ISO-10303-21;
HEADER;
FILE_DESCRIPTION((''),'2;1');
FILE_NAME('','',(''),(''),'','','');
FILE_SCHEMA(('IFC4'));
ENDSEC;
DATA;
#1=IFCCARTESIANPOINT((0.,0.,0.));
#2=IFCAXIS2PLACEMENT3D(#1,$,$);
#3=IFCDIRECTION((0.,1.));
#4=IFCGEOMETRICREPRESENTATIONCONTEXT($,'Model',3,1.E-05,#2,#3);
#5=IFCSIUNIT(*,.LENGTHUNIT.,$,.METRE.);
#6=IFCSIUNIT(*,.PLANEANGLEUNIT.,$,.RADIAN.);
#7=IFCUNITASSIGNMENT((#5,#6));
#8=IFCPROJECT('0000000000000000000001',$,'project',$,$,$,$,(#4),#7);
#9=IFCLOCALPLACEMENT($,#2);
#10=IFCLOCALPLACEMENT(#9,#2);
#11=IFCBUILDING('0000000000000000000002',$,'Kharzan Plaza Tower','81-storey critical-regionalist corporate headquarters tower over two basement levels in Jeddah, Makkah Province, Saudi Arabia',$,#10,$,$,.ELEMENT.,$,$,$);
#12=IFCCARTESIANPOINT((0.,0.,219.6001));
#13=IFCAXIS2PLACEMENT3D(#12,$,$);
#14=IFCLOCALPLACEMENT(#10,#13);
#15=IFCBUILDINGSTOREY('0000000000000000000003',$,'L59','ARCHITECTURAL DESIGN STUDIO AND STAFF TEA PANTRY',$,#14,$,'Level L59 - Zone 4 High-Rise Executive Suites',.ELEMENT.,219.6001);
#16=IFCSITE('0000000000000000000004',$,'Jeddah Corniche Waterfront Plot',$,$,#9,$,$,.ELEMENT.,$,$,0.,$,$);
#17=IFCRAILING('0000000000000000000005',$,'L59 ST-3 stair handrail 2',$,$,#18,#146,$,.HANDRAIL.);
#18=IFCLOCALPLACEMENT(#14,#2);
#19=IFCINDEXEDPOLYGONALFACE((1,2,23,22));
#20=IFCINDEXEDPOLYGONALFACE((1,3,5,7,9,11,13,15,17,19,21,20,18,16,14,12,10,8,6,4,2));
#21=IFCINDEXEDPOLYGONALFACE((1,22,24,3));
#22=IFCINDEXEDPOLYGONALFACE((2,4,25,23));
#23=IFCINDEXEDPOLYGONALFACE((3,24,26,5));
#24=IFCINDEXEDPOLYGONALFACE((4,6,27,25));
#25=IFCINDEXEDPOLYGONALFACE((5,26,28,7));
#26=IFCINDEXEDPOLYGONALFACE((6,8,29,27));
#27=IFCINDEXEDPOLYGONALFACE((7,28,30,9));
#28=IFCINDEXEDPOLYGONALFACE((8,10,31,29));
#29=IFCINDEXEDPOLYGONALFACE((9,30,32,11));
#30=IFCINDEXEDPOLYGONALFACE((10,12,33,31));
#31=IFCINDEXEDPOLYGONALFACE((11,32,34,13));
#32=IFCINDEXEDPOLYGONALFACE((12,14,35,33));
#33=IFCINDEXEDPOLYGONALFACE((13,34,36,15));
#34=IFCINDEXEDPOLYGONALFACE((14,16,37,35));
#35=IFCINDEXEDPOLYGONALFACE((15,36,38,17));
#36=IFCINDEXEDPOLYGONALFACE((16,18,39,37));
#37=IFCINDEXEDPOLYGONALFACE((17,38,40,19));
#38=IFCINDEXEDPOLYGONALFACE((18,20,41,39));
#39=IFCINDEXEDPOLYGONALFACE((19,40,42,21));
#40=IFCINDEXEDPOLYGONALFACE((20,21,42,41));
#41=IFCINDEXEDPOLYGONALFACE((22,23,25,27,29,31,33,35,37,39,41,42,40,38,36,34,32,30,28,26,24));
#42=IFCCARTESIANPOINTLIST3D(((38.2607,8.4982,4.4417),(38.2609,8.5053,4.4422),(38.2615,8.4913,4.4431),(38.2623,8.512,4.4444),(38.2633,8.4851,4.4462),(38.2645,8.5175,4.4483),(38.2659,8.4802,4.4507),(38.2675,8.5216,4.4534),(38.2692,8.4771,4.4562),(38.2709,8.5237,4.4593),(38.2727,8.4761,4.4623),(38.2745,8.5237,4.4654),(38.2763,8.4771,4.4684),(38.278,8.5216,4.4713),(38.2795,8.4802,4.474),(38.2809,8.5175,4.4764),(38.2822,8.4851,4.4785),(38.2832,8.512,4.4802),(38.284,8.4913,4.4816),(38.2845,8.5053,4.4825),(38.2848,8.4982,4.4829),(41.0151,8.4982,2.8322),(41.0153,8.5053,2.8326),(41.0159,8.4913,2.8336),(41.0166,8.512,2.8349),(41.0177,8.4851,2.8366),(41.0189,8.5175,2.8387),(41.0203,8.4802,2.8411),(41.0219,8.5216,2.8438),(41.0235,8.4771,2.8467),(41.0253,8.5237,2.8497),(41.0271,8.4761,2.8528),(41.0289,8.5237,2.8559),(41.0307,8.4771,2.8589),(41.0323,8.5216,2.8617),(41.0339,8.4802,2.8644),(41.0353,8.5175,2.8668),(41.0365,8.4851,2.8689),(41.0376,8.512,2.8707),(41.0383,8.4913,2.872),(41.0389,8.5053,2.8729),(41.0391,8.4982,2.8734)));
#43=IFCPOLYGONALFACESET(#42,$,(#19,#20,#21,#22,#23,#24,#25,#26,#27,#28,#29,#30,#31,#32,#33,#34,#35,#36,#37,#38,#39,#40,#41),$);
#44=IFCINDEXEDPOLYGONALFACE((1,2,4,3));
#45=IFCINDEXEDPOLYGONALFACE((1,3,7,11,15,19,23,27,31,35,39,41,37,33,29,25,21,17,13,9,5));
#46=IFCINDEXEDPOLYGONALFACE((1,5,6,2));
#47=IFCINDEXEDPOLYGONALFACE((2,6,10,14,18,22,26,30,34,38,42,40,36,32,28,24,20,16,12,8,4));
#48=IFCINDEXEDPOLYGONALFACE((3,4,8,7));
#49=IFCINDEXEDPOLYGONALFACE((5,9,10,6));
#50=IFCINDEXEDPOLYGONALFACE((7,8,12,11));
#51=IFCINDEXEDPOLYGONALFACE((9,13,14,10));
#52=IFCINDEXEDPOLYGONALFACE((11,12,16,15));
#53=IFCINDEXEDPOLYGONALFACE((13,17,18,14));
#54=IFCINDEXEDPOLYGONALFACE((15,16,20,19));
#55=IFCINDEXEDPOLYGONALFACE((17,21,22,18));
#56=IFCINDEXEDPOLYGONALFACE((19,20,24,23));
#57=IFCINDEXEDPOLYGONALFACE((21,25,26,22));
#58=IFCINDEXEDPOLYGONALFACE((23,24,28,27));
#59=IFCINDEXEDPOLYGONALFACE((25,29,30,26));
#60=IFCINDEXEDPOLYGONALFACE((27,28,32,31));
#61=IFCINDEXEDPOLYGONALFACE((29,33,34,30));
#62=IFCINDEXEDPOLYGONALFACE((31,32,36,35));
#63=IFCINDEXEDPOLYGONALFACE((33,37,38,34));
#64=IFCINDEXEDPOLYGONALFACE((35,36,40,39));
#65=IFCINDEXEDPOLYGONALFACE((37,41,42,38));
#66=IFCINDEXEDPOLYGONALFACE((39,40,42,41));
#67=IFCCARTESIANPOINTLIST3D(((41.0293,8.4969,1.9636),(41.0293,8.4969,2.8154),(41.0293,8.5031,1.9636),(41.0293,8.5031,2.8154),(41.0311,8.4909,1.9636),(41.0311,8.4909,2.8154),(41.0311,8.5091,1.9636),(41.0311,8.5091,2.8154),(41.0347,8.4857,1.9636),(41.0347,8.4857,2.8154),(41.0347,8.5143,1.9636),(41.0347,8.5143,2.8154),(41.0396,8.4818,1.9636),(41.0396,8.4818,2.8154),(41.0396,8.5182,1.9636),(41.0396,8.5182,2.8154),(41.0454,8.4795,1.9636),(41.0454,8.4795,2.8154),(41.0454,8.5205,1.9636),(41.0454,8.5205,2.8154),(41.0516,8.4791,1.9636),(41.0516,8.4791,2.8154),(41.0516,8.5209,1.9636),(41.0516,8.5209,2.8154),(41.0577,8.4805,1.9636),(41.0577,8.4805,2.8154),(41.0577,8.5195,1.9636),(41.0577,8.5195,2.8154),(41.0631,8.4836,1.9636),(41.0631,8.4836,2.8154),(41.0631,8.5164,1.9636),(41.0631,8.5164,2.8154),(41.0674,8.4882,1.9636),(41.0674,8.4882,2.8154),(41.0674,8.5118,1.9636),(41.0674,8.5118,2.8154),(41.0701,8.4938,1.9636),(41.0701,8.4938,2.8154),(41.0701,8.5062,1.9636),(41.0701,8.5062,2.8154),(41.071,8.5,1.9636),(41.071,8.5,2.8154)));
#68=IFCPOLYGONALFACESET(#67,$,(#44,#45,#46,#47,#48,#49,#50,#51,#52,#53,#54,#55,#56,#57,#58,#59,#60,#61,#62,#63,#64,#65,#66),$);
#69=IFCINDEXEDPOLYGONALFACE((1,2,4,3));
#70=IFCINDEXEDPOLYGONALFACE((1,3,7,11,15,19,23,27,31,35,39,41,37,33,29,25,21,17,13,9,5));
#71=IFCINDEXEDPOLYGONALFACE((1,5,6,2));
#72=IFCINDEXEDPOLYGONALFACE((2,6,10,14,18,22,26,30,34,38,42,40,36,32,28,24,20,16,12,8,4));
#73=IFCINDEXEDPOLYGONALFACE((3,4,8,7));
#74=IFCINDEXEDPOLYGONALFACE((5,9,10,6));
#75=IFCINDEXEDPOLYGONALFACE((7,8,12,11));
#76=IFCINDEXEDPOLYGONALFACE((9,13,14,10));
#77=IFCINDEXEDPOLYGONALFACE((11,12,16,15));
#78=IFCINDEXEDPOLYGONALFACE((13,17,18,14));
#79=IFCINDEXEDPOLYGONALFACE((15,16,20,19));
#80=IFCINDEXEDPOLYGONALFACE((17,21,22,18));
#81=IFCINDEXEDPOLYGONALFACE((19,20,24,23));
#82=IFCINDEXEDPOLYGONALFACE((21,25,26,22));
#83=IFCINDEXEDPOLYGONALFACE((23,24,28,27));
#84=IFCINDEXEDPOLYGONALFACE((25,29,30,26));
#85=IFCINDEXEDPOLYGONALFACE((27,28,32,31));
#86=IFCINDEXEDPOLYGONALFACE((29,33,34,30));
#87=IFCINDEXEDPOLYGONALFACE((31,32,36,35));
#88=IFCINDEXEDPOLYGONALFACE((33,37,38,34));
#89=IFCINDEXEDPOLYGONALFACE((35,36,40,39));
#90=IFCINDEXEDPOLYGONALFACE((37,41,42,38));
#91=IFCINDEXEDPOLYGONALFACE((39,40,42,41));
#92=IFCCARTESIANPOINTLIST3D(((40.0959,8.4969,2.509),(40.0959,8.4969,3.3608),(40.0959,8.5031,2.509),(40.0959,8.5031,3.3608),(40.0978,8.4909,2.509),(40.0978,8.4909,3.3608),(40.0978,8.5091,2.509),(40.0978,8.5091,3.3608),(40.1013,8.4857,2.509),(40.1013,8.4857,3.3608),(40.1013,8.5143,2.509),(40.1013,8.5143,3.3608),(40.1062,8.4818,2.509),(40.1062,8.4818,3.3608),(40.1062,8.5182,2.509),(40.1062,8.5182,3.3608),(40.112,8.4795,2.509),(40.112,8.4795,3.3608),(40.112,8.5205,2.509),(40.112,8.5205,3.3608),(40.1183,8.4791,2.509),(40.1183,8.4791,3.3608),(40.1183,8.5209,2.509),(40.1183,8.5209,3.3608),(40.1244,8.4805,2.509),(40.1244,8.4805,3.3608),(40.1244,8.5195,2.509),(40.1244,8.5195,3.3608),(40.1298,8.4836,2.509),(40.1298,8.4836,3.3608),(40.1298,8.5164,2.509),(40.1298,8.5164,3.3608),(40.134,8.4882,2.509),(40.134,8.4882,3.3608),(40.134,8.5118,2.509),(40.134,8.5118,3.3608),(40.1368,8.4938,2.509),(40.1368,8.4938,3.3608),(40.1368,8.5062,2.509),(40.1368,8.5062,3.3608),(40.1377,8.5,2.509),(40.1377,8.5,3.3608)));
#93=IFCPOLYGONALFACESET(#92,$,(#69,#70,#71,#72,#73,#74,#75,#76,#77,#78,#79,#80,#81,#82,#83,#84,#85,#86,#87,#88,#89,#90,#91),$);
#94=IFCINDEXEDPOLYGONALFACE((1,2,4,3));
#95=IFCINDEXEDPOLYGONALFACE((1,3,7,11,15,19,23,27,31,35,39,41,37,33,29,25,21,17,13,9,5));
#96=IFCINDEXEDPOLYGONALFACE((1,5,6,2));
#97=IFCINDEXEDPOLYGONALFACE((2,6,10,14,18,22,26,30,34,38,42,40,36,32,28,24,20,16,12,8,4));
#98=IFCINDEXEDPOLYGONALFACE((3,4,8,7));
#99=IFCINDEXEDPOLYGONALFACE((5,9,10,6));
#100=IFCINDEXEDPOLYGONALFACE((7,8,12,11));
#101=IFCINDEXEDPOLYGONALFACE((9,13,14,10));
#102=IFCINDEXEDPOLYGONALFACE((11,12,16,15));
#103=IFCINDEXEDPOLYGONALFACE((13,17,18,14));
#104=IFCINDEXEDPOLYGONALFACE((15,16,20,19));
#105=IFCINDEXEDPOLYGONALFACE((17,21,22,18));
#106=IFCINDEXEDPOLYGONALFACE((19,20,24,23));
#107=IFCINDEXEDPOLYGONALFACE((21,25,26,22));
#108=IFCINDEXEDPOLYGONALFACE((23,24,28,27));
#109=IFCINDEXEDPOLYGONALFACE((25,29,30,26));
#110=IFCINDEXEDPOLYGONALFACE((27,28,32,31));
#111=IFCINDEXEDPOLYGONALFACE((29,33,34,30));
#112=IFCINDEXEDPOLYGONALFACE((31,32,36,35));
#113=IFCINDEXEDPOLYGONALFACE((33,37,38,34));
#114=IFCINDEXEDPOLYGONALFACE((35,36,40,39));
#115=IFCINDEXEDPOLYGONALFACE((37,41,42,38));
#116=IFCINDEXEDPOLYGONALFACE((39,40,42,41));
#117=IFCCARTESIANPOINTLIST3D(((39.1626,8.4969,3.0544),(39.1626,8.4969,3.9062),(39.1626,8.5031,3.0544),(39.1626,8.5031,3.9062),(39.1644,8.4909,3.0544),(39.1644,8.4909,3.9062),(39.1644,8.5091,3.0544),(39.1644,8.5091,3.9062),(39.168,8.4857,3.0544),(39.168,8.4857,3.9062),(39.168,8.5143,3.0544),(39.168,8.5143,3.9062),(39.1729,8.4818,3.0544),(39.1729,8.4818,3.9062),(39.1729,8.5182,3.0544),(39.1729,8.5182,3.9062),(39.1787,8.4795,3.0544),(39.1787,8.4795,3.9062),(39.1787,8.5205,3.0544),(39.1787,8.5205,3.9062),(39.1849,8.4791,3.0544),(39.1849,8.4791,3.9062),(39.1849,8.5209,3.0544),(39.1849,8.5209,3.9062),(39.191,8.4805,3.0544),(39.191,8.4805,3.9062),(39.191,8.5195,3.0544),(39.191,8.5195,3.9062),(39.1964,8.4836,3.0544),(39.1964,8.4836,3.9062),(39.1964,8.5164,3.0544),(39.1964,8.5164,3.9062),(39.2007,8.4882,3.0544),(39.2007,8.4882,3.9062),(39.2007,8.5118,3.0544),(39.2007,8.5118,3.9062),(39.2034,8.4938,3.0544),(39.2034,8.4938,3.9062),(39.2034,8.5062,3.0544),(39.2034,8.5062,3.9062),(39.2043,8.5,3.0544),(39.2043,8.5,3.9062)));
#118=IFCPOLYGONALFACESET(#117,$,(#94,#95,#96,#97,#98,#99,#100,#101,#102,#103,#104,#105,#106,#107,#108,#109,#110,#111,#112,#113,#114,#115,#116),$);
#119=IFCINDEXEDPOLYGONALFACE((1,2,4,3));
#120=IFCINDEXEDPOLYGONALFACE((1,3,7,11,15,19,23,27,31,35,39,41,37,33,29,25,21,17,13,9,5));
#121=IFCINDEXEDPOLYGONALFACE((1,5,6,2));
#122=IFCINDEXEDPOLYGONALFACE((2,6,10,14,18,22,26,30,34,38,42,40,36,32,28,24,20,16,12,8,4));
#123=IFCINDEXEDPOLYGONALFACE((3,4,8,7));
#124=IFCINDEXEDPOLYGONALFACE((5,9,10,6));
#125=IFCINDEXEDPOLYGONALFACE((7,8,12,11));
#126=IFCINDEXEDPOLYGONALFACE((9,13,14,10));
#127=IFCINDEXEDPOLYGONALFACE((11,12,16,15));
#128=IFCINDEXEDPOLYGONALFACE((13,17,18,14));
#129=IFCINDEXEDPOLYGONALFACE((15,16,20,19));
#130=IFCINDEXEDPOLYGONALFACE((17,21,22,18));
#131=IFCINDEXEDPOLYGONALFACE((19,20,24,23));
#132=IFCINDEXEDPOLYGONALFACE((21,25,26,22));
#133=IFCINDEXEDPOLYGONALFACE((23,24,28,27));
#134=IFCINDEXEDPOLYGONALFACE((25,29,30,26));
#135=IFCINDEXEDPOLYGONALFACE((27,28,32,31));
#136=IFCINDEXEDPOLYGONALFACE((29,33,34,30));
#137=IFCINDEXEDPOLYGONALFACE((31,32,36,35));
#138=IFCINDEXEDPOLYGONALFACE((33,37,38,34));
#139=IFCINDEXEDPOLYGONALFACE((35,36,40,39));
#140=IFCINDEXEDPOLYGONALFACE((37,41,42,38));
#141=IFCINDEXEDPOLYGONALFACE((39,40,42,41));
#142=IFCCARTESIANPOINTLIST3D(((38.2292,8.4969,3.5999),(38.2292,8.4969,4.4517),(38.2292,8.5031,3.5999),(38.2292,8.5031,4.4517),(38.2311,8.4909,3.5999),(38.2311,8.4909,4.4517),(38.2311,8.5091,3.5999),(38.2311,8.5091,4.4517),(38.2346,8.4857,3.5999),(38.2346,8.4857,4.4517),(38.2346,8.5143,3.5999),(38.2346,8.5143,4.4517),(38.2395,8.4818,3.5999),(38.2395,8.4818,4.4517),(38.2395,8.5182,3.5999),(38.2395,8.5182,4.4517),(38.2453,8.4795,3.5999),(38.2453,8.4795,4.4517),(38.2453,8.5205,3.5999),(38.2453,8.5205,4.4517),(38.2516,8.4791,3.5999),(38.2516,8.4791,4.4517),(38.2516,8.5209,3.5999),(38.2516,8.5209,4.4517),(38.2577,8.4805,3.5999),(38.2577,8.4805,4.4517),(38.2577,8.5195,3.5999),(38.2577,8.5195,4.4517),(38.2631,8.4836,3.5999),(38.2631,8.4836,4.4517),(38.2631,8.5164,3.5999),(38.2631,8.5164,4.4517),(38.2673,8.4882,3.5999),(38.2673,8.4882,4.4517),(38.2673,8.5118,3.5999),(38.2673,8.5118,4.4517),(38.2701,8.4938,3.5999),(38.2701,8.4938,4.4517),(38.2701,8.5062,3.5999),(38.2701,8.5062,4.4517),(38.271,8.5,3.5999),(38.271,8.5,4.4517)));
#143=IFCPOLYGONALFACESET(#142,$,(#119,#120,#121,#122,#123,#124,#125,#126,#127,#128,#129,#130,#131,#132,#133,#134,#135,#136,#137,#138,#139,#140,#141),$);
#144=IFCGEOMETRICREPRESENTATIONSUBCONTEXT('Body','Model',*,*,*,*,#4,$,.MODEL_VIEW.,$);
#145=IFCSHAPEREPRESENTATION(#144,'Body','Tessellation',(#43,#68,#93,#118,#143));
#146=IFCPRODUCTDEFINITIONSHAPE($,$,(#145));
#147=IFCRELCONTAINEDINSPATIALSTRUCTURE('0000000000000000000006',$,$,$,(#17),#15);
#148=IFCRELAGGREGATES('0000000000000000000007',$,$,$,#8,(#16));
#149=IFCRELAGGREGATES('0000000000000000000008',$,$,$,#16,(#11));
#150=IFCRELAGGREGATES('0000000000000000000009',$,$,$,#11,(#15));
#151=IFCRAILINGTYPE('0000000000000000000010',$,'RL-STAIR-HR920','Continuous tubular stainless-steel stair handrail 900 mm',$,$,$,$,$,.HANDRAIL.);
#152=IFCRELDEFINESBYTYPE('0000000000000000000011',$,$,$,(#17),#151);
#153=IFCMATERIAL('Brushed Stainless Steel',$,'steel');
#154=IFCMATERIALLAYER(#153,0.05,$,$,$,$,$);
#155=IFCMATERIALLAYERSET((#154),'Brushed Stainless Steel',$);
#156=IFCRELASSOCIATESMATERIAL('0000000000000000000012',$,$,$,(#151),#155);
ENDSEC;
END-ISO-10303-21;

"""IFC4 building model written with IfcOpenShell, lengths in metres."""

from ifc_helpers import new_model, si_unit, direction, frame, origin, origin_2d, place, context, subcontext, project, spatial, circle, extrude, source, transform, mapped, material, layer, layer_set, type_object, element, save


model = new_model("IFC4")

# Units and contexts
model_context = context("Model", 3, precision=1e-05, world=origin(), true_north=direction((0.0, 1.0)))
body_context = subcontext(model_context, "Body", "Model", "MODEL_VIEW")
ifc_project = project(units=[si_unit("LENGTHUNIT", "METRE"), si_unit("PLANEANGLEUNIT", "RADIAN")], contexts=[model_context])

# Site, building, storey
site_placement = place(None, origin())
site = spatial("IfcSite", under=ifc_project, at=site_placement, Name="Jeddah Corniche Waterfront Plot", CompositionType="ELEMENT", RefElevation=0.0)
building_placement = place(site_placement, origin())
building = spatial("IfcBuilding", under=site, at=building_placement, Name="Kharzan Plaza Tower", Description="81-storey critical-regionalist corporate headquarters tower over two basement levels in Jeddah, Makkah Province, Saudi Arabia", CompositionType="ELEMENT")
storey_placement = place(building_placement, frame((0.0, 0.0, 219.6001)))
storey = spatial("IfcBuildingStorey", under=building, at=storey_placement, Name="L59", Description="ARCHITECTURAL DESIGN STUDIO AND STAFF TEA PANTRY", LongName="Level L59 - Zone 4 High-Rise Executive Suites", CompositionType="ELEMENT", Elevation=219.6001)

# Shared definitions
ifc_material_1 = material(Name="Brushed Stainless Steel", Category="steel")

# Railing
ifc_layer_1 = layer(ifc_material_1, 0.05)
ifc_layer_set_1 = layer_set([ifc_layer_1], Name="Brushed Stainless Steel")
railing_type_1 = type_object("IfcRailingType", Name="RL-STAIR-HR920", Description="Continuous tubular stainless-steel stair handrail 900 mm", PredefinedType="HANDRAIL", material=ifc_layer_set_1)
shared_shape_1 = source(origin(), body_context, "Body", "SweptSolid", [
    extrude(circle(Radius=0.0239, at=origin_2d()), frame((-0.0229, 0.0, 0.8892), z_axis=(-0.863394, 0.0, 0.504531), x_axis=(0.0, -1.0, 0.0)), (0.0, 0.0, 1.0), 3.1902),
    extrude(circle(Radius=0.021, at=origin_2d()), origin(), (0.0, 0.0, 1.0), 0.8518),
    extrude(circle(Radius=0.021, at=origin_2d()), frame((-0.9333, 0.0, 0.5454)), (0.0, 0.0, 1.0), 0.8518),
    extrude(circle(Radius=0.021, at=origin_2d()), frame((-1.8667, 0.0, 1.0908)), (0.0, 0.0, 1.0), 0.8518),
    extrude(circle(Radius=0.021, at=origin_2d()), frame((-2.8, 0.0, 1.6362)), (0.0, 0.0, 1.0), 0.8518),
])
railing_1_placement = place(storey_placement, frame((41.05, 8.5, 1.9636)))
element("IfcRailing", 1, at=railing_1_placement, inside=storey, type_object=railing_type_1, Name="L59 ST-3 stair handrail 2", PredefinedType="HANDRAIL", context=body_context, shape_type="MappedRepresentation", body=[
    mapped(shared_shape_1, transform((0.0, 0.0, 0.0), x_axis=(1.0, 0.0, 0.0), y_axis=(0.0, 1.0, 0.0), z_axis=(0.0, 0.0, 1.0))),
])

save(model, "model.ifc")
